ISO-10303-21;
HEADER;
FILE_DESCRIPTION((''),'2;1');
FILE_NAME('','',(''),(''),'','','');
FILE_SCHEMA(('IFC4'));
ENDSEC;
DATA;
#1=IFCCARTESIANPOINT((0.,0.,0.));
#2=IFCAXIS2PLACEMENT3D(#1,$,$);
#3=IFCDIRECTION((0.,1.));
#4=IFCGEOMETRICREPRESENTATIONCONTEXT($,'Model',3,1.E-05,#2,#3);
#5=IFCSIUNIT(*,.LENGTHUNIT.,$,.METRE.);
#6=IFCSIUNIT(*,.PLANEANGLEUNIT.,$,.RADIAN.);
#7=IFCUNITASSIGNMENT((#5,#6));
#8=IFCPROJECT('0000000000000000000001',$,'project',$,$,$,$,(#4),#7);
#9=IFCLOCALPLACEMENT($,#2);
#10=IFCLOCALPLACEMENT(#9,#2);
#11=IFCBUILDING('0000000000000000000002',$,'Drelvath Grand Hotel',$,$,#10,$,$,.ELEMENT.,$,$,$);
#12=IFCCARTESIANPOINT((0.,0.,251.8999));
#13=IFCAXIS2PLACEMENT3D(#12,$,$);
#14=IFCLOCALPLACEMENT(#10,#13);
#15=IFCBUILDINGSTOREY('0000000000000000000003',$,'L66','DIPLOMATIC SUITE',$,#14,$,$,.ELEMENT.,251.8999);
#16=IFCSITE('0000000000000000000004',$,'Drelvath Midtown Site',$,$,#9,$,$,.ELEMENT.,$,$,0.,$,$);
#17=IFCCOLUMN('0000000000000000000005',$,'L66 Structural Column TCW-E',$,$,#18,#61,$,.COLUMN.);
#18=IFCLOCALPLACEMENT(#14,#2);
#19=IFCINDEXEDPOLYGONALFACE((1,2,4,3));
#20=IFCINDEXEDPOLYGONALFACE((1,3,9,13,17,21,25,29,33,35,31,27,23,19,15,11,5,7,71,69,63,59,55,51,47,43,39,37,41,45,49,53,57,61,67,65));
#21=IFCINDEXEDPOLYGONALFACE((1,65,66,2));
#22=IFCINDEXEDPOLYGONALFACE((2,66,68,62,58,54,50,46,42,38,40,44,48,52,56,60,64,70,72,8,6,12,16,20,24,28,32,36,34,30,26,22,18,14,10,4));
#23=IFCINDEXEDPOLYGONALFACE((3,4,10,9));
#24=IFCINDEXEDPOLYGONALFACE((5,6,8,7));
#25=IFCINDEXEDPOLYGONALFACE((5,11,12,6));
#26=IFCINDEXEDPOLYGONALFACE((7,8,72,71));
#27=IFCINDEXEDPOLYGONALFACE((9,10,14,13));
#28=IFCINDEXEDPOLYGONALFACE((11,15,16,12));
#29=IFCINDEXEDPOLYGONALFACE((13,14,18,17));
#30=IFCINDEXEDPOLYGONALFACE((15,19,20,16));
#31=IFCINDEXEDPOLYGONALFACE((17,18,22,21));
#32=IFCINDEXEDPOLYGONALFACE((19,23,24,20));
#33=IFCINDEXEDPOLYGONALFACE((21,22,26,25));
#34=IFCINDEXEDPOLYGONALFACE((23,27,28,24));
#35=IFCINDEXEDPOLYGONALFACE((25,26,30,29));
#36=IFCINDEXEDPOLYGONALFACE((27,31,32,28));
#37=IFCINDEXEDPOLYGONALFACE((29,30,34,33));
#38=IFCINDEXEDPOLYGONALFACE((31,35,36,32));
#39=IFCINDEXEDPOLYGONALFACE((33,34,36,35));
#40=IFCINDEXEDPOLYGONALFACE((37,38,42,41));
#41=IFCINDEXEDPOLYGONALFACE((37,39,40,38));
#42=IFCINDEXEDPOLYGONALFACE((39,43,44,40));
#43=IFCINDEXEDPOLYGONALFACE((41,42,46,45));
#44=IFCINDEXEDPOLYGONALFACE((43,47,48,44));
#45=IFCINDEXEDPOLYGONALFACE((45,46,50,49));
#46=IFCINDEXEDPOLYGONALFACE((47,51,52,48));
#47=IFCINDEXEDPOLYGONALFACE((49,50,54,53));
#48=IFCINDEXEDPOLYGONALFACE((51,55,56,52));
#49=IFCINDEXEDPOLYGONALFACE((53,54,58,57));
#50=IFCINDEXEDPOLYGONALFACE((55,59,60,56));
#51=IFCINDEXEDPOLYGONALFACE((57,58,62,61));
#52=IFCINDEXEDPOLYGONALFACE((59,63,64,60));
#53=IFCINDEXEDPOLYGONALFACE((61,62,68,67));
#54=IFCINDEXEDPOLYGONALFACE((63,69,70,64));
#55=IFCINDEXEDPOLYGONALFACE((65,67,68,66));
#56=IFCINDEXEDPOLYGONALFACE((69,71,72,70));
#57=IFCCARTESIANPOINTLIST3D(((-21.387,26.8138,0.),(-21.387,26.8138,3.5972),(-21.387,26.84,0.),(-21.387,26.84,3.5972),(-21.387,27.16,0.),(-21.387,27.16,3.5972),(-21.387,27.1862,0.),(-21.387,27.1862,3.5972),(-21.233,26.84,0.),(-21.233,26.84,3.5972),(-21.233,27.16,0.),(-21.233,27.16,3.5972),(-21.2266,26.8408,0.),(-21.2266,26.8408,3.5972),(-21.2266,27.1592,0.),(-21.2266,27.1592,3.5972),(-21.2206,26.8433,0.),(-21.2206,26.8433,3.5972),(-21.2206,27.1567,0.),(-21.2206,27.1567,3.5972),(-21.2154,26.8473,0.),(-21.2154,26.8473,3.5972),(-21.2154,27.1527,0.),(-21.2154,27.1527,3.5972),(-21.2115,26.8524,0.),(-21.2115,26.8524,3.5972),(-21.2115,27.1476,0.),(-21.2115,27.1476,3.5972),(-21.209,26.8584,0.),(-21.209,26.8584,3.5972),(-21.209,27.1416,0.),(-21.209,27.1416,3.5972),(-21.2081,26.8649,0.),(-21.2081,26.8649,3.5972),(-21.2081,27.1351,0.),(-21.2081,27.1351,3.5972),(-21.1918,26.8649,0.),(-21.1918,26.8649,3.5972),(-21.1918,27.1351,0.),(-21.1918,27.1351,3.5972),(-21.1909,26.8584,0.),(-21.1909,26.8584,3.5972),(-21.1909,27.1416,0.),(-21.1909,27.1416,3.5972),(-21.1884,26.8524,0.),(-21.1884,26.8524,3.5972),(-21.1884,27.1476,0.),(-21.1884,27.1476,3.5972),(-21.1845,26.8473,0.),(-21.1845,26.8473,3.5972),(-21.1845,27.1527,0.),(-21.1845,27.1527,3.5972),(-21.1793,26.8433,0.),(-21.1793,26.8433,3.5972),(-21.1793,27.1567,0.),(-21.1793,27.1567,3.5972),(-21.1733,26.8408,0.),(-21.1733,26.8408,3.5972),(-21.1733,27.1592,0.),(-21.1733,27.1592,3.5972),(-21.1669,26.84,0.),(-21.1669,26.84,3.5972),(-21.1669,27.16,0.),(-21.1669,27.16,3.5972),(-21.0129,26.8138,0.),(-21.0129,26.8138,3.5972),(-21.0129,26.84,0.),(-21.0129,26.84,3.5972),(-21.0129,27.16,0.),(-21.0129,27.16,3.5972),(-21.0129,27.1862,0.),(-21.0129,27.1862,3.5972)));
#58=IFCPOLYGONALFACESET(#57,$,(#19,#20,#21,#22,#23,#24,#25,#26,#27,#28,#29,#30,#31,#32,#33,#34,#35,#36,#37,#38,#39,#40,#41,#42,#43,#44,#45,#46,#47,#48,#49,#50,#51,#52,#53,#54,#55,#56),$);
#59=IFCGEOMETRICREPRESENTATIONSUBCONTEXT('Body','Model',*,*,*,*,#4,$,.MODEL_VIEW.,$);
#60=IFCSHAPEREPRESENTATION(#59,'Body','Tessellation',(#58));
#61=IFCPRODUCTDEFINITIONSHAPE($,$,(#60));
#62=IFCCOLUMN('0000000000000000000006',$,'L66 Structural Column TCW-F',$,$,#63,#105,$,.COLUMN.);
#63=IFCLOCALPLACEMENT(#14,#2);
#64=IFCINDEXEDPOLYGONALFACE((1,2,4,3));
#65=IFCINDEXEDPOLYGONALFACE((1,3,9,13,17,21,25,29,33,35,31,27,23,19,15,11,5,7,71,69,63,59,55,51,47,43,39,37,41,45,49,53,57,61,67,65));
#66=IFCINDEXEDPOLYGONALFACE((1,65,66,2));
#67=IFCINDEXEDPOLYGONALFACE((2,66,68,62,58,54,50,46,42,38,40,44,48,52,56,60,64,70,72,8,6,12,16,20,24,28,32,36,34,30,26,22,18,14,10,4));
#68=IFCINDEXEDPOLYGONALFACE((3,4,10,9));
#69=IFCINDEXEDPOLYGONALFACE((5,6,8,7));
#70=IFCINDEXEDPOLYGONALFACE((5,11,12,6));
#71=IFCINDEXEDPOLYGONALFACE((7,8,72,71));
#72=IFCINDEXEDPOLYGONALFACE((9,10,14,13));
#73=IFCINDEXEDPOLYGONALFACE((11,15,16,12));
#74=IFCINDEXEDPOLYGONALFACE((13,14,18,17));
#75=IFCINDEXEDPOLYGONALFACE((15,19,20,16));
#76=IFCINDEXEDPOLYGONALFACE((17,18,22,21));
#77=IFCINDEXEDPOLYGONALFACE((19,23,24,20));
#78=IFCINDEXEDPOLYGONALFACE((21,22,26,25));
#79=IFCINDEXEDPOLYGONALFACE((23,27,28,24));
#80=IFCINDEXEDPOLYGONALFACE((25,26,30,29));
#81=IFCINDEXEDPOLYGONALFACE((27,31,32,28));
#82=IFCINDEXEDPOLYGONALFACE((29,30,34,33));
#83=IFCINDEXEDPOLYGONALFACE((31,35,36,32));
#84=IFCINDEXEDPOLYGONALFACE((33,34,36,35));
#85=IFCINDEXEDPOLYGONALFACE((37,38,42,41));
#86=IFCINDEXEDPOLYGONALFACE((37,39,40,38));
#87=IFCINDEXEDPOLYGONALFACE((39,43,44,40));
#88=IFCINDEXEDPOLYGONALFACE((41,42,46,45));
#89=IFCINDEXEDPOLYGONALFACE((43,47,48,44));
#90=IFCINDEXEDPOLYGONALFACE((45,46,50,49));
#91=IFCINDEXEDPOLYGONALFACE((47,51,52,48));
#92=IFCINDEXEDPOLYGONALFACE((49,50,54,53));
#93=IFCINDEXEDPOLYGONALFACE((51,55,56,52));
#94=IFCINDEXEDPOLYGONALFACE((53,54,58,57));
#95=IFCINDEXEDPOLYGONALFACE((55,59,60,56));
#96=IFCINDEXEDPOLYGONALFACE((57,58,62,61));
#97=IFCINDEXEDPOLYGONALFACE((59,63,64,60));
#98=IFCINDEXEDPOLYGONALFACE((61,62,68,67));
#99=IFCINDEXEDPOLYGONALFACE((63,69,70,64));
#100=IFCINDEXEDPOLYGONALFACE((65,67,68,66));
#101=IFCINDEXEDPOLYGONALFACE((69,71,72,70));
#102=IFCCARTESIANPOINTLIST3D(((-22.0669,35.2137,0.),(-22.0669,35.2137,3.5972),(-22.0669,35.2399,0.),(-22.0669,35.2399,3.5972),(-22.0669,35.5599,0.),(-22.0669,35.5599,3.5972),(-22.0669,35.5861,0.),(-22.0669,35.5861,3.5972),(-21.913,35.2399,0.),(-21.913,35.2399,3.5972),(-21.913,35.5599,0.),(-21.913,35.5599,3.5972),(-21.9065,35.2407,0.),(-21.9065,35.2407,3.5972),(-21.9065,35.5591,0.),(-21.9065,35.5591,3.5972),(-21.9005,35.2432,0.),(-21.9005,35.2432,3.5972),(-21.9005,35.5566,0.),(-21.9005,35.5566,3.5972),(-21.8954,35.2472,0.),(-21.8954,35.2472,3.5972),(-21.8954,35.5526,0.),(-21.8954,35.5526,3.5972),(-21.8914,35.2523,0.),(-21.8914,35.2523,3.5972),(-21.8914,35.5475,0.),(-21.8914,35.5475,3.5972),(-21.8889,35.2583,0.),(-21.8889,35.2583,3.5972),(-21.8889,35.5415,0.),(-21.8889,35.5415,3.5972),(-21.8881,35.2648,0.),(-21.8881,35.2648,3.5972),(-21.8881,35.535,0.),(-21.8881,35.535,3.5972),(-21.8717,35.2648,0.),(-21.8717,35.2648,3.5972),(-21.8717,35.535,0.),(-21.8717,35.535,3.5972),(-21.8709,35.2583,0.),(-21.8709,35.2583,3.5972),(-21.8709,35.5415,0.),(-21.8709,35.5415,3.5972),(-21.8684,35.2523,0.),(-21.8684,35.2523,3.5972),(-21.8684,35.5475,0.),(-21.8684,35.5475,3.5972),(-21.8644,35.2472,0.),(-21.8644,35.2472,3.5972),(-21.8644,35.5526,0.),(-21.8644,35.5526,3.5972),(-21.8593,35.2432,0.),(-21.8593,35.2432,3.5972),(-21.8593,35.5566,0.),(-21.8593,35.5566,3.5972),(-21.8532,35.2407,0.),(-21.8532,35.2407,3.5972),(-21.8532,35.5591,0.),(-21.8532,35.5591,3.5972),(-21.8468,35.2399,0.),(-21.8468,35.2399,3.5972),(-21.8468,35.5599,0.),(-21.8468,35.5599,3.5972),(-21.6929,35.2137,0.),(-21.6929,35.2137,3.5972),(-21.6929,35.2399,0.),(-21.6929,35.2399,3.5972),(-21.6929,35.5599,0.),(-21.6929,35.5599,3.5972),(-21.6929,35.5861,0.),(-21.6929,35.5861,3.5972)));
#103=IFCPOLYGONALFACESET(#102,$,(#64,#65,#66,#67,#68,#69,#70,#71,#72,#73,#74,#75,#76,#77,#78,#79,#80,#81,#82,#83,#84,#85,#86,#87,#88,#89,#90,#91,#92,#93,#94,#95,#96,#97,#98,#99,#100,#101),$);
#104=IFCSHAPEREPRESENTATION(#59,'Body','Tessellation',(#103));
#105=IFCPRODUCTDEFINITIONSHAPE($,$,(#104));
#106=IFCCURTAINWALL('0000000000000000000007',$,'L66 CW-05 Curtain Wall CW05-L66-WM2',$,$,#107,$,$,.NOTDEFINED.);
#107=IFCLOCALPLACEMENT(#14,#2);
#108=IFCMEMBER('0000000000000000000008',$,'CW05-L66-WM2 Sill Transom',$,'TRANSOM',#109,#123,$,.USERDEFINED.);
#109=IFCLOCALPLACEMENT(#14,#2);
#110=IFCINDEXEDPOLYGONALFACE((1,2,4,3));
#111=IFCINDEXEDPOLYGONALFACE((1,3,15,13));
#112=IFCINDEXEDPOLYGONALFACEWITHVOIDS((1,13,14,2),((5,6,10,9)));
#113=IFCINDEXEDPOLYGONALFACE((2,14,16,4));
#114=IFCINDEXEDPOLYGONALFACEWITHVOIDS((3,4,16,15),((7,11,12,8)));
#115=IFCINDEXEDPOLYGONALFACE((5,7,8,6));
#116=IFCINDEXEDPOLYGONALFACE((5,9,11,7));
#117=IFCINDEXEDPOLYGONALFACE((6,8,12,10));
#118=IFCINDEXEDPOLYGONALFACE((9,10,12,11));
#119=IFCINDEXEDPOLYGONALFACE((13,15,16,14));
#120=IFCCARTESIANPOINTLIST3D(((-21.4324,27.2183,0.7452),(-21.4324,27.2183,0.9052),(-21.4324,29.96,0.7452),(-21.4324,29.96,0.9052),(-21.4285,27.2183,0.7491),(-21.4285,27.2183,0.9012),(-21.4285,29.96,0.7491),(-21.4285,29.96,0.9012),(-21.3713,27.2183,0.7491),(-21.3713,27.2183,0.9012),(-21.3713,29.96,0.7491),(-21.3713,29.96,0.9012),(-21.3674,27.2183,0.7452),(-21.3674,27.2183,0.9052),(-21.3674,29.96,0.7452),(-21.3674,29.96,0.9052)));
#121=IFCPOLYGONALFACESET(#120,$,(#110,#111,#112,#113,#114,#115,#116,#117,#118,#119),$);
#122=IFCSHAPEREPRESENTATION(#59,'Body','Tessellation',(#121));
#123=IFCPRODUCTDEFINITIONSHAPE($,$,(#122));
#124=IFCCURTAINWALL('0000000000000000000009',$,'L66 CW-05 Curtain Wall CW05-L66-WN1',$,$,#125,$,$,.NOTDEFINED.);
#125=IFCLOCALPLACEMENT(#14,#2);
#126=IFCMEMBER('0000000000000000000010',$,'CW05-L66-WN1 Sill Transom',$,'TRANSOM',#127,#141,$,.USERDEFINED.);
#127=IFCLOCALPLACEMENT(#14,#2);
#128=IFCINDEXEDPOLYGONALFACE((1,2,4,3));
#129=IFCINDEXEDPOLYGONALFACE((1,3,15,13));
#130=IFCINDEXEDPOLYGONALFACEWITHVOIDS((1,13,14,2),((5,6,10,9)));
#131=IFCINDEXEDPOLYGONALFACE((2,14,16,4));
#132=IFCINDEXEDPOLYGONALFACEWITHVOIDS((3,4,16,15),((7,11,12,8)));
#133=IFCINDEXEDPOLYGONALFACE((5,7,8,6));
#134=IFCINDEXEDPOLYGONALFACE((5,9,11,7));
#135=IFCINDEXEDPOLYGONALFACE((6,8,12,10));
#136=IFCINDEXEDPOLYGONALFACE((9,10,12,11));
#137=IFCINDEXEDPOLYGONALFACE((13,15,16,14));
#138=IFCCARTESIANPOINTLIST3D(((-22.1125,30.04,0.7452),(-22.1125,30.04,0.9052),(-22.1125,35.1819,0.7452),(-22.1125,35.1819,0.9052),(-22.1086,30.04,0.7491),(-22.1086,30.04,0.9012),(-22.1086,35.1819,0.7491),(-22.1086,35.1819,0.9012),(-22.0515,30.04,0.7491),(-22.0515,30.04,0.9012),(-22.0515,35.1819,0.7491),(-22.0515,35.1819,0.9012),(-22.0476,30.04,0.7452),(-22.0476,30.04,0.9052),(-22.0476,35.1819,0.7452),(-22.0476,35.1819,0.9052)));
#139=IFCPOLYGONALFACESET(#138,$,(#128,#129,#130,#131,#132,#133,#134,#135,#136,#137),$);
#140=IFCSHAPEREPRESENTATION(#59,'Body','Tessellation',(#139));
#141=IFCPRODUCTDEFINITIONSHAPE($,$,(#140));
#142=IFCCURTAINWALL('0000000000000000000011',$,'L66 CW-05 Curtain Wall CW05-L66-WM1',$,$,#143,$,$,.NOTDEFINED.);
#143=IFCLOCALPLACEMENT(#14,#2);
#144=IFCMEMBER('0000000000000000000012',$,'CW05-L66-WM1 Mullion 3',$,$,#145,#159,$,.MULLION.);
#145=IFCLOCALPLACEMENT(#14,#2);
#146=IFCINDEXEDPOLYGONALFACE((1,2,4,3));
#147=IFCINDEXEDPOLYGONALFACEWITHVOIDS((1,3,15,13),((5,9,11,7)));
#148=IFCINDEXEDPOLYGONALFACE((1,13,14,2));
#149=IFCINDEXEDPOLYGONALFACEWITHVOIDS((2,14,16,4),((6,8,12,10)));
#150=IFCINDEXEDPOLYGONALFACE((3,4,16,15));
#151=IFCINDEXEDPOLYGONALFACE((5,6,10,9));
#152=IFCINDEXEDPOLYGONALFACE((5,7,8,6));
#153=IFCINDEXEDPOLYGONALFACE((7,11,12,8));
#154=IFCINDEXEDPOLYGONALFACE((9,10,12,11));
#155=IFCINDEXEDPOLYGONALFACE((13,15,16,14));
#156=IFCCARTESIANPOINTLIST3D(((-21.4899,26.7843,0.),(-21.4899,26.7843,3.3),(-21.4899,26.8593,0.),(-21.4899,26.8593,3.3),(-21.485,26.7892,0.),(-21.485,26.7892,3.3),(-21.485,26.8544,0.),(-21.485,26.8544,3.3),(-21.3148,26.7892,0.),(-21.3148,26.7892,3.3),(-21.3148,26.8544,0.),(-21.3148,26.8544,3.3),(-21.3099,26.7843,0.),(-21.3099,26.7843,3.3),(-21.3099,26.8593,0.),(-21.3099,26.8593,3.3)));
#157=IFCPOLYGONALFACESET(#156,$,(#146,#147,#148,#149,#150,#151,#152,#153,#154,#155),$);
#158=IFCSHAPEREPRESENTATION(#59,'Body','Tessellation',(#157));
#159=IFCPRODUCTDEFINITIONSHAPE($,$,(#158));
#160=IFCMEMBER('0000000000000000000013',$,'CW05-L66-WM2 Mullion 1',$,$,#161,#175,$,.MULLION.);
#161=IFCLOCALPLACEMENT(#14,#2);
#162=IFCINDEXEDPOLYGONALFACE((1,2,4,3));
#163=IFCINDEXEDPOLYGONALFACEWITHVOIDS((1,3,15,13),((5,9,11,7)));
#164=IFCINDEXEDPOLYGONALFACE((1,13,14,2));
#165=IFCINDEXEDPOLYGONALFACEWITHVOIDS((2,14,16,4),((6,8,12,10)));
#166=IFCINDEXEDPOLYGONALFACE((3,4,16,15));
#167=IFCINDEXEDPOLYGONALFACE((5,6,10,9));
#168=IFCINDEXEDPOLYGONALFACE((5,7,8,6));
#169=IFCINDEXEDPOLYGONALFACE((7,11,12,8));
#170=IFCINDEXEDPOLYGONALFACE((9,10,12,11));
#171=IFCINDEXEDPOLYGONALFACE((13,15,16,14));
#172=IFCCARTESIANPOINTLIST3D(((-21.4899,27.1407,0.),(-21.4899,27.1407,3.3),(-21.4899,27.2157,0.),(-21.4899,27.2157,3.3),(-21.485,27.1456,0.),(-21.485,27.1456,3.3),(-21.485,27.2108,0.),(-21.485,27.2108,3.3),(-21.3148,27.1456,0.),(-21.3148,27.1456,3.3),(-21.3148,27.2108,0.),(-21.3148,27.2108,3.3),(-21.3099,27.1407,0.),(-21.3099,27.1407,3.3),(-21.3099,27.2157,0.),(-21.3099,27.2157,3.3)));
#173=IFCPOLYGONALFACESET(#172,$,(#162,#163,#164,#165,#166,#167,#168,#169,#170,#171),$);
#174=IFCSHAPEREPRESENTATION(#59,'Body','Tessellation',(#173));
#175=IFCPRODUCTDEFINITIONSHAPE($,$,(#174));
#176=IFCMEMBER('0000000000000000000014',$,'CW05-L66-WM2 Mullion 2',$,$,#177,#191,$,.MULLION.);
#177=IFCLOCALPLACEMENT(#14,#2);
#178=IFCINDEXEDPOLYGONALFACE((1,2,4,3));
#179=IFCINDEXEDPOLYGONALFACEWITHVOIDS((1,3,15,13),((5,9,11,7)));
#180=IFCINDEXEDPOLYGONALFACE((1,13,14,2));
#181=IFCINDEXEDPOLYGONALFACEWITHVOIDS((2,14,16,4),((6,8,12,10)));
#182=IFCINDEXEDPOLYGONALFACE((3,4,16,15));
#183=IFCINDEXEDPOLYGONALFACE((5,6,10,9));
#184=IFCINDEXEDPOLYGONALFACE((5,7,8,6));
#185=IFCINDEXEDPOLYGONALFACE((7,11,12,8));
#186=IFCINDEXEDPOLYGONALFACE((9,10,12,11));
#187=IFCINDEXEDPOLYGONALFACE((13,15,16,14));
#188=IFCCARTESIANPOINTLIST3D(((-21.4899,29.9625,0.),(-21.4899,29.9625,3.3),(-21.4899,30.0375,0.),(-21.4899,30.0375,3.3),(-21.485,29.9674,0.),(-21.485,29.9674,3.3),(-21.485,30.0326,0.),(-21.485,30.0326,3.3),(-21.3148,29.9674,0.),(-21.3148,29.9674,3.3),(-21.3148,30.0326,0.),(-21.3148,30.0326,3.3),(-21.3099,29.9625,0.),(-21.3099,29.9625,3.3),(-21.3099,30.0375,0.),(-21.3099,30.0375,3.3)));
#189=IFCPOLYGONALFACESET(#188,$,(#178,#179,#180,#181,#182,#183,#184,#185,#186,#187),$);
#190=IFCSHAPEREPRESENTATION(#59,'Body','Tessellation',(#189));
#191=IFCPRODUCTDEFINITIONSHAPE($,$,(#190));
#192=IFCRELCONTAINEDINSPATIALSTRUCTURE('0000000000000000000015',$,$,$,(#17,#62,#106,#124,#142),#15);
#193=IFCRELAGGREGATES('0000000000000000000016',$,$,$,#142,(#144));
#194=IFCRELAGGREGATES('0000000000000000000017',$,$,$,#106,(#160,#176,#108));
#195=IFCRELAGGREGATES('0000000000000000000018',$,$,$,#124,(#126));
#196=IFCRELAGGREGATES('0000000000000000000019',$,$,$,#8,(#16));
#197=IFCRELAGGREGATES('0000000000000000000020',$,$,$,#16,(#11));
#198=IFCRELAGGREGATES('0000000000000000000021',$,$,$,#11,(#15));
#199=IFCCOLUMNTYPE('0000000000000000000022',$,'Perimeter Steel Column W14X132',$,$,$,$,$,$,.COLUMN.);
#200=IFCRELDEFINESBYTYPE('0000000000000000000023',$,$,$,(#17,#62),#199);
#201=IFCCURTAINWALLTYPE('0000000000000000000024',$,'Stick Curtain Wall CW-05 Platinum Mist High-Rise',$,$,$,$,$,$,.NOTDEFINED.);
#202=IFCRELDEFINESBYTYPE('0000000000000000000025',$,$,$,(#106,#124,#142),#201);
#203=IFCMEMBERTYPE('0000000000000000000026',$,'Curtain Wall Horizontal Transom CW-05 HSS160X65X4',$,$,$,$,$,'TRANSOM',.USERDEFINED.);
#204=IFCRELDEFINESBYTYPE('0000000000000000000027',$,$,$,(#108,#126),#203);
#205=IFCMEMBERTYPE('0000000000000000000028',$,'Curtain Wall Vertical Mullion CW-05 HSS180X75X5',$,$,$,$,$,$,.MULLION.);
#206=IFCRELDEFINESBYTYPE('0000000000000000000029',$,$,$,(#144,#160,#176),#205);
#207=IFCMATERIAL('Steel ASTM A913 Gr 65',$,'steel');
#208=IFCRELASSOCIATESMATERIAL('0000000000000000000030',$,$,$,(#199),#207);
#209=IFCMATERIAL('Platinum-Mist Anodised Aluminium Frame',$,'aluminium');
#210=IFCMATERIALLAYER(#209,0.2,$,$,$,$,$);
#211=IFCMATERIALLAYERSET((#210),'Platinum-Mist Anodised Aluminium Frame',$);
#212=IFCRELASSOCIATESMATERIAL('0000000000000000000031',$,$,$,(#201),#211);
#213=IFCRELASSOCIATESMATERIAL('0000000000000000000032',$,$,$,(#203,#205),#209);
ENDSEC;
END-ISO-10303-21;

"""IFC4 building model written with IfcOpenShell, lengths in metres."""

from ifc_helpers import new_model, si_unit, direction, frame, origin, origin_2d, place, context, subcontext, project, spatial, hollow_rectangle, i_section, extrude, material, layer, layer_set, material_profile, profile_set, type_object, element, aggregate, save


model = new_model("IFC4")

# Units and contexts
model_context = context("Model", 3, precision=1e-05, world=origin(), true_north=direction((0.0, 1.0)))
body_context = subcontext(model_context, "Body", "Model", "MODEL_VIEW")
ifc_project = project(units=[si_unit("LENGTHUNIT", "METRE"), si_unit("PLANEANGLEUNIT", "RADIAN")], contexts=[model_context])

# Site, building, storey
site_placement = place(None, origin())
site = spatial("IfcSite", under=ifc_project, at=site_placement, Name="Drelvath Midtown Site", CompositionType="ELEMENT", RefElevation=0.0)
building_placement = place(site_placement, origin())
building = spatial("IfcBuilding", under=site, at=building_placement, Name="Drelvath Grand Hotel", CompositionType="ELEMENT")
storey_placement = place(building_placement, frame((0.0, 0.0, 251.8999)))
storey = spatial("IfcBuildingStorey", under=building, at=storey_placement, Name="L66", Description="DIPLOMATIC SUITE", CompositionType="ELEMENT", Elevation=251.8999)

# Columns
ifc_material_1 = material(Name="Steel ASTM A913 Gr 65", Category="steel")
ifc_material_profile_1 = material_profile(ifc_material_1, i_section(OverallWidth=0.374, OverallDepth=0.3723, WebThickness=0.0164, FlangeThickness=0.0261, FilletRadius=0.0249, at=origin_2d()), Name="W14X132")
ifc_profile_set_1 = profile_set([ifc_material_profile_1], Name="Steel ASTM A913 Gr 65")
column_type = type_object("IfcColumnType", Name="Perimeter Steel Column W14X132", PredefinedType="COLUMN", material=ifc_profile_set_1)
for number, where, z_axis, x_axis, name in (
    (1, (-21.2, 27.0, 0.0), (0.0, 0.0, 1.0), (1.0, 0.0, 0.0), "L66 Structural Column TCW-E"),
    (2, (-21.8799, 35.3999, 0.0), (0.0, 0.0, 1.0), (1.0, 0.0, 0.0), "L66 Structural Column TCW-F"),
):
    element("IfcColumn", number, at=place(storey_placement, frame(where, z_axis=z_axis, x_axis=x_axis)), inside=storey, type_object=column_type, Name=name, PredefinedType="COLUMN", context=body_context, shape_type="SweptSolid", body=[
        extrude(i_section(OverallWidth=0.374, OverallDepth=0.3723, WebThickness=0.0164, FlangeThickness=0.0261, FilletRadius=0.0249, at=origin_2d()), origin(), (0.0, 0.0, 1.0), 3.5972),
    ])

# Curtain walls, members
ifc_material_2 = material(Name="Platinum-Mist Anodised Aluminium Frame", Category="aluminium")
ifc_layer_1 = layer(ifc_material_2, 0.2)
ifc_layer_set_1 = layer_set([ifc_layer_1], Name="Platinum-Mist Anodised Aluminium Frame")
curtain_wall_type = type_object("IfcCurtainWallType", Name="Stick Curtain Wall CW-05 Platinum Mist High-Rise", PredefinedType="NOTDEFINED", material=ifc_layer_set_1)
curtain_wall_1_placement = place(storey_placement, origin())
curtain_wall_1 = element("IfcCurtainWall", 3, at=curtain_wall_1_placement, inside=storey, type_object=curtain_wall_type, Name="L66 CW-05 Curtain Wall CW05-L66-WM2", PredefinedType="NOTDEFINED")
ifc_material_profile_2 = material_profile(ifc_material_2, hollow_rectangle(XDim=0.0649, YDim=0.1599, WallThickness=0.0039, at=origin_2d()), Name="HSS160X65X4")
ifc_profile_set_2 = profile_set([ifc_material_profile_2], Name="Platinum-Mist Anodised Aluminium Frame")
member_type_1 = type_object("IfcMemberType", Name="Curtain Wall Horizontal Transom CW-05 HSS160X65X4", ElementType="TRANSOM", PredefinedType="USERDEFINED", material=ifc_profile_set_2)
member_1_placement = place(storey_placement, frame((-21.3999, 27.2183, 0.8252), z_axis=(0.0, 1.0, 0.0), x_axis=(-1.0, 0.0, 0.0)))
member_1 = element("IfcMember", 4, at=member_1_placement, type_object=member_type_1, Name="CW05-L66-WM2 Sill Transom", ObjectType="TRANSOM", PredefinedType="USERDEFINED", context=body_context, shape_type="SweptSolid", body=[
    extrude(hollow_rectangle(XDim=0.0649, YDim=0.1599, WallThickness=0.0039, at=origin_2d()), origin(), (0.0, 0.0, 1.0), 2.7417),
])
curtain_wall_2_placement = place(storey_placement, origin())
curtain_wall_2 = element("IfcCurtainWall", 5, at=curtain_wall_2_placement, inside=storey, type_object=curtain_wall_type, Name="L66 CW-05 Curtain Wall CW05-L66-WN1", PredefinedType="NOTDEFINED")
member_2_placement = place(storey_placement, frame((-22.0801, 30.04, 0.8252), z_axis=(0.0, 1.0, 0.0), x_axis=(-1.0, 0.0, 0.0)))
member_2 = element("IfcMember", 6, at=member_2_placement, type_object=member_type_1, Name="CW05-L66-WN1 Sill Transom", ObjectType="TRANSOM", PredefinedType="USERDEFINED", context=body_context, shape_type="SweptSolid", body=[
    extrude(hollow_rectangle(XDim=0.0649, YDim=0.1599, WallThickness=0.0039, at=origin_2d()), origin(), (0.0, 0.0, 1.0), 5.1418),
])
curtain_wall_3_placement = place(storey_placement, origin())
curtain_wall_3 = element("IfcCurtainWall", 7, at=curtain_wall_3_placement, inside=storey, type_object=curtain_wall_type, Name="L66 CW-05 Curtain Wall CW05-L66-WM1", PredefinedType="NOTDEFINED")
ifc_material_profile_3 = material_profile(ifc_material_2, hollow_rectangle(XDim=0.075, YDim=0.1799, WallThickness=0.0049, at=origin_2d()), Name="HSS180X75X5")
ifc_profile_set_3 = profile_set([ifc_material_profile_3], Name="Platinum-Mist Anodised Aluminium Frame")
member_type_2 = type_object("IfcMemberType", Name="Curtain Wall Vertical Mullion CW-05 HSS180X75X5", PredefinedType="MULLION", material=ifc_profile_set_3)
member_3_placement = place(storey_placement, frame((-21.3999, 26.8218, 0.0), z_axis=(0.0, 0.0, 1.0), x_axis=(0.0, 1.0, 0.0)))
member_3 = element("IfcMember", 8, at=member_3_placement, type_object=member_type_2, Name="CW05-L66-WM1 Mullion 3", PredefinedType="MULLION", context=body_context, shape_type="SweptSolid", body=[
    extrude(hollow_rectangle(XDim=0.075, YDim=0.1799, WallThickness=0.0049, at=origin_2d()), origin(), (0.0, 0.0, 1.0), 3.3),
])
aggregate(curtain_wall_3, [member_3])

# Members
member_4_placement = place(storey_placement, frame((-21.3999, 27.1782, 0.0), z_axis=(0.0, 0.0, 1.0), x_axis=(0.0, 1.0, 0.0)))
member_4 = element("IfcMember", 9, at=member_4_placement, type_object=member_type_2, Name="CW05-L66-WM2 Mullion 1", PredefinedType="MULLION", context=body_context, shape_type="SweptSolid", body=[
    extrude(hollow_rectangle(XDim=0.075, YDim=0.1799, WallThickness=0.0049, at=origin_2d()), origin(), (0.0, 0.0, 1.0), 3.3),
])
member_5_placement = place(storey_placement, frame((-21.3999, 30.0, 0.0), z_axis=(0.0, 0.0, 1.0), x_axis=(0.0, 1.0, 0.0)))
member_5 = element("IfcMember", 10, at=member_5_placement, type_object=member_type_2, Name="CW05-L66-WM2 Mullion 2", PredefinedType="MULLION", context=body_context, shape_type="SweptSolid", body=[
    extrude(hollow_rectangle(XDim=0.075, YDim=0.1799, WallThickness=0.0049, at=origin_2d()), origin(), (0.0, 0.0, 1.0), 3.3),
])

aggregate(curtain_wall_1, [member_4, member_5, member_1])
aggregate(curtain_wall_2, [member_2])

save(model, "model.ifc")
